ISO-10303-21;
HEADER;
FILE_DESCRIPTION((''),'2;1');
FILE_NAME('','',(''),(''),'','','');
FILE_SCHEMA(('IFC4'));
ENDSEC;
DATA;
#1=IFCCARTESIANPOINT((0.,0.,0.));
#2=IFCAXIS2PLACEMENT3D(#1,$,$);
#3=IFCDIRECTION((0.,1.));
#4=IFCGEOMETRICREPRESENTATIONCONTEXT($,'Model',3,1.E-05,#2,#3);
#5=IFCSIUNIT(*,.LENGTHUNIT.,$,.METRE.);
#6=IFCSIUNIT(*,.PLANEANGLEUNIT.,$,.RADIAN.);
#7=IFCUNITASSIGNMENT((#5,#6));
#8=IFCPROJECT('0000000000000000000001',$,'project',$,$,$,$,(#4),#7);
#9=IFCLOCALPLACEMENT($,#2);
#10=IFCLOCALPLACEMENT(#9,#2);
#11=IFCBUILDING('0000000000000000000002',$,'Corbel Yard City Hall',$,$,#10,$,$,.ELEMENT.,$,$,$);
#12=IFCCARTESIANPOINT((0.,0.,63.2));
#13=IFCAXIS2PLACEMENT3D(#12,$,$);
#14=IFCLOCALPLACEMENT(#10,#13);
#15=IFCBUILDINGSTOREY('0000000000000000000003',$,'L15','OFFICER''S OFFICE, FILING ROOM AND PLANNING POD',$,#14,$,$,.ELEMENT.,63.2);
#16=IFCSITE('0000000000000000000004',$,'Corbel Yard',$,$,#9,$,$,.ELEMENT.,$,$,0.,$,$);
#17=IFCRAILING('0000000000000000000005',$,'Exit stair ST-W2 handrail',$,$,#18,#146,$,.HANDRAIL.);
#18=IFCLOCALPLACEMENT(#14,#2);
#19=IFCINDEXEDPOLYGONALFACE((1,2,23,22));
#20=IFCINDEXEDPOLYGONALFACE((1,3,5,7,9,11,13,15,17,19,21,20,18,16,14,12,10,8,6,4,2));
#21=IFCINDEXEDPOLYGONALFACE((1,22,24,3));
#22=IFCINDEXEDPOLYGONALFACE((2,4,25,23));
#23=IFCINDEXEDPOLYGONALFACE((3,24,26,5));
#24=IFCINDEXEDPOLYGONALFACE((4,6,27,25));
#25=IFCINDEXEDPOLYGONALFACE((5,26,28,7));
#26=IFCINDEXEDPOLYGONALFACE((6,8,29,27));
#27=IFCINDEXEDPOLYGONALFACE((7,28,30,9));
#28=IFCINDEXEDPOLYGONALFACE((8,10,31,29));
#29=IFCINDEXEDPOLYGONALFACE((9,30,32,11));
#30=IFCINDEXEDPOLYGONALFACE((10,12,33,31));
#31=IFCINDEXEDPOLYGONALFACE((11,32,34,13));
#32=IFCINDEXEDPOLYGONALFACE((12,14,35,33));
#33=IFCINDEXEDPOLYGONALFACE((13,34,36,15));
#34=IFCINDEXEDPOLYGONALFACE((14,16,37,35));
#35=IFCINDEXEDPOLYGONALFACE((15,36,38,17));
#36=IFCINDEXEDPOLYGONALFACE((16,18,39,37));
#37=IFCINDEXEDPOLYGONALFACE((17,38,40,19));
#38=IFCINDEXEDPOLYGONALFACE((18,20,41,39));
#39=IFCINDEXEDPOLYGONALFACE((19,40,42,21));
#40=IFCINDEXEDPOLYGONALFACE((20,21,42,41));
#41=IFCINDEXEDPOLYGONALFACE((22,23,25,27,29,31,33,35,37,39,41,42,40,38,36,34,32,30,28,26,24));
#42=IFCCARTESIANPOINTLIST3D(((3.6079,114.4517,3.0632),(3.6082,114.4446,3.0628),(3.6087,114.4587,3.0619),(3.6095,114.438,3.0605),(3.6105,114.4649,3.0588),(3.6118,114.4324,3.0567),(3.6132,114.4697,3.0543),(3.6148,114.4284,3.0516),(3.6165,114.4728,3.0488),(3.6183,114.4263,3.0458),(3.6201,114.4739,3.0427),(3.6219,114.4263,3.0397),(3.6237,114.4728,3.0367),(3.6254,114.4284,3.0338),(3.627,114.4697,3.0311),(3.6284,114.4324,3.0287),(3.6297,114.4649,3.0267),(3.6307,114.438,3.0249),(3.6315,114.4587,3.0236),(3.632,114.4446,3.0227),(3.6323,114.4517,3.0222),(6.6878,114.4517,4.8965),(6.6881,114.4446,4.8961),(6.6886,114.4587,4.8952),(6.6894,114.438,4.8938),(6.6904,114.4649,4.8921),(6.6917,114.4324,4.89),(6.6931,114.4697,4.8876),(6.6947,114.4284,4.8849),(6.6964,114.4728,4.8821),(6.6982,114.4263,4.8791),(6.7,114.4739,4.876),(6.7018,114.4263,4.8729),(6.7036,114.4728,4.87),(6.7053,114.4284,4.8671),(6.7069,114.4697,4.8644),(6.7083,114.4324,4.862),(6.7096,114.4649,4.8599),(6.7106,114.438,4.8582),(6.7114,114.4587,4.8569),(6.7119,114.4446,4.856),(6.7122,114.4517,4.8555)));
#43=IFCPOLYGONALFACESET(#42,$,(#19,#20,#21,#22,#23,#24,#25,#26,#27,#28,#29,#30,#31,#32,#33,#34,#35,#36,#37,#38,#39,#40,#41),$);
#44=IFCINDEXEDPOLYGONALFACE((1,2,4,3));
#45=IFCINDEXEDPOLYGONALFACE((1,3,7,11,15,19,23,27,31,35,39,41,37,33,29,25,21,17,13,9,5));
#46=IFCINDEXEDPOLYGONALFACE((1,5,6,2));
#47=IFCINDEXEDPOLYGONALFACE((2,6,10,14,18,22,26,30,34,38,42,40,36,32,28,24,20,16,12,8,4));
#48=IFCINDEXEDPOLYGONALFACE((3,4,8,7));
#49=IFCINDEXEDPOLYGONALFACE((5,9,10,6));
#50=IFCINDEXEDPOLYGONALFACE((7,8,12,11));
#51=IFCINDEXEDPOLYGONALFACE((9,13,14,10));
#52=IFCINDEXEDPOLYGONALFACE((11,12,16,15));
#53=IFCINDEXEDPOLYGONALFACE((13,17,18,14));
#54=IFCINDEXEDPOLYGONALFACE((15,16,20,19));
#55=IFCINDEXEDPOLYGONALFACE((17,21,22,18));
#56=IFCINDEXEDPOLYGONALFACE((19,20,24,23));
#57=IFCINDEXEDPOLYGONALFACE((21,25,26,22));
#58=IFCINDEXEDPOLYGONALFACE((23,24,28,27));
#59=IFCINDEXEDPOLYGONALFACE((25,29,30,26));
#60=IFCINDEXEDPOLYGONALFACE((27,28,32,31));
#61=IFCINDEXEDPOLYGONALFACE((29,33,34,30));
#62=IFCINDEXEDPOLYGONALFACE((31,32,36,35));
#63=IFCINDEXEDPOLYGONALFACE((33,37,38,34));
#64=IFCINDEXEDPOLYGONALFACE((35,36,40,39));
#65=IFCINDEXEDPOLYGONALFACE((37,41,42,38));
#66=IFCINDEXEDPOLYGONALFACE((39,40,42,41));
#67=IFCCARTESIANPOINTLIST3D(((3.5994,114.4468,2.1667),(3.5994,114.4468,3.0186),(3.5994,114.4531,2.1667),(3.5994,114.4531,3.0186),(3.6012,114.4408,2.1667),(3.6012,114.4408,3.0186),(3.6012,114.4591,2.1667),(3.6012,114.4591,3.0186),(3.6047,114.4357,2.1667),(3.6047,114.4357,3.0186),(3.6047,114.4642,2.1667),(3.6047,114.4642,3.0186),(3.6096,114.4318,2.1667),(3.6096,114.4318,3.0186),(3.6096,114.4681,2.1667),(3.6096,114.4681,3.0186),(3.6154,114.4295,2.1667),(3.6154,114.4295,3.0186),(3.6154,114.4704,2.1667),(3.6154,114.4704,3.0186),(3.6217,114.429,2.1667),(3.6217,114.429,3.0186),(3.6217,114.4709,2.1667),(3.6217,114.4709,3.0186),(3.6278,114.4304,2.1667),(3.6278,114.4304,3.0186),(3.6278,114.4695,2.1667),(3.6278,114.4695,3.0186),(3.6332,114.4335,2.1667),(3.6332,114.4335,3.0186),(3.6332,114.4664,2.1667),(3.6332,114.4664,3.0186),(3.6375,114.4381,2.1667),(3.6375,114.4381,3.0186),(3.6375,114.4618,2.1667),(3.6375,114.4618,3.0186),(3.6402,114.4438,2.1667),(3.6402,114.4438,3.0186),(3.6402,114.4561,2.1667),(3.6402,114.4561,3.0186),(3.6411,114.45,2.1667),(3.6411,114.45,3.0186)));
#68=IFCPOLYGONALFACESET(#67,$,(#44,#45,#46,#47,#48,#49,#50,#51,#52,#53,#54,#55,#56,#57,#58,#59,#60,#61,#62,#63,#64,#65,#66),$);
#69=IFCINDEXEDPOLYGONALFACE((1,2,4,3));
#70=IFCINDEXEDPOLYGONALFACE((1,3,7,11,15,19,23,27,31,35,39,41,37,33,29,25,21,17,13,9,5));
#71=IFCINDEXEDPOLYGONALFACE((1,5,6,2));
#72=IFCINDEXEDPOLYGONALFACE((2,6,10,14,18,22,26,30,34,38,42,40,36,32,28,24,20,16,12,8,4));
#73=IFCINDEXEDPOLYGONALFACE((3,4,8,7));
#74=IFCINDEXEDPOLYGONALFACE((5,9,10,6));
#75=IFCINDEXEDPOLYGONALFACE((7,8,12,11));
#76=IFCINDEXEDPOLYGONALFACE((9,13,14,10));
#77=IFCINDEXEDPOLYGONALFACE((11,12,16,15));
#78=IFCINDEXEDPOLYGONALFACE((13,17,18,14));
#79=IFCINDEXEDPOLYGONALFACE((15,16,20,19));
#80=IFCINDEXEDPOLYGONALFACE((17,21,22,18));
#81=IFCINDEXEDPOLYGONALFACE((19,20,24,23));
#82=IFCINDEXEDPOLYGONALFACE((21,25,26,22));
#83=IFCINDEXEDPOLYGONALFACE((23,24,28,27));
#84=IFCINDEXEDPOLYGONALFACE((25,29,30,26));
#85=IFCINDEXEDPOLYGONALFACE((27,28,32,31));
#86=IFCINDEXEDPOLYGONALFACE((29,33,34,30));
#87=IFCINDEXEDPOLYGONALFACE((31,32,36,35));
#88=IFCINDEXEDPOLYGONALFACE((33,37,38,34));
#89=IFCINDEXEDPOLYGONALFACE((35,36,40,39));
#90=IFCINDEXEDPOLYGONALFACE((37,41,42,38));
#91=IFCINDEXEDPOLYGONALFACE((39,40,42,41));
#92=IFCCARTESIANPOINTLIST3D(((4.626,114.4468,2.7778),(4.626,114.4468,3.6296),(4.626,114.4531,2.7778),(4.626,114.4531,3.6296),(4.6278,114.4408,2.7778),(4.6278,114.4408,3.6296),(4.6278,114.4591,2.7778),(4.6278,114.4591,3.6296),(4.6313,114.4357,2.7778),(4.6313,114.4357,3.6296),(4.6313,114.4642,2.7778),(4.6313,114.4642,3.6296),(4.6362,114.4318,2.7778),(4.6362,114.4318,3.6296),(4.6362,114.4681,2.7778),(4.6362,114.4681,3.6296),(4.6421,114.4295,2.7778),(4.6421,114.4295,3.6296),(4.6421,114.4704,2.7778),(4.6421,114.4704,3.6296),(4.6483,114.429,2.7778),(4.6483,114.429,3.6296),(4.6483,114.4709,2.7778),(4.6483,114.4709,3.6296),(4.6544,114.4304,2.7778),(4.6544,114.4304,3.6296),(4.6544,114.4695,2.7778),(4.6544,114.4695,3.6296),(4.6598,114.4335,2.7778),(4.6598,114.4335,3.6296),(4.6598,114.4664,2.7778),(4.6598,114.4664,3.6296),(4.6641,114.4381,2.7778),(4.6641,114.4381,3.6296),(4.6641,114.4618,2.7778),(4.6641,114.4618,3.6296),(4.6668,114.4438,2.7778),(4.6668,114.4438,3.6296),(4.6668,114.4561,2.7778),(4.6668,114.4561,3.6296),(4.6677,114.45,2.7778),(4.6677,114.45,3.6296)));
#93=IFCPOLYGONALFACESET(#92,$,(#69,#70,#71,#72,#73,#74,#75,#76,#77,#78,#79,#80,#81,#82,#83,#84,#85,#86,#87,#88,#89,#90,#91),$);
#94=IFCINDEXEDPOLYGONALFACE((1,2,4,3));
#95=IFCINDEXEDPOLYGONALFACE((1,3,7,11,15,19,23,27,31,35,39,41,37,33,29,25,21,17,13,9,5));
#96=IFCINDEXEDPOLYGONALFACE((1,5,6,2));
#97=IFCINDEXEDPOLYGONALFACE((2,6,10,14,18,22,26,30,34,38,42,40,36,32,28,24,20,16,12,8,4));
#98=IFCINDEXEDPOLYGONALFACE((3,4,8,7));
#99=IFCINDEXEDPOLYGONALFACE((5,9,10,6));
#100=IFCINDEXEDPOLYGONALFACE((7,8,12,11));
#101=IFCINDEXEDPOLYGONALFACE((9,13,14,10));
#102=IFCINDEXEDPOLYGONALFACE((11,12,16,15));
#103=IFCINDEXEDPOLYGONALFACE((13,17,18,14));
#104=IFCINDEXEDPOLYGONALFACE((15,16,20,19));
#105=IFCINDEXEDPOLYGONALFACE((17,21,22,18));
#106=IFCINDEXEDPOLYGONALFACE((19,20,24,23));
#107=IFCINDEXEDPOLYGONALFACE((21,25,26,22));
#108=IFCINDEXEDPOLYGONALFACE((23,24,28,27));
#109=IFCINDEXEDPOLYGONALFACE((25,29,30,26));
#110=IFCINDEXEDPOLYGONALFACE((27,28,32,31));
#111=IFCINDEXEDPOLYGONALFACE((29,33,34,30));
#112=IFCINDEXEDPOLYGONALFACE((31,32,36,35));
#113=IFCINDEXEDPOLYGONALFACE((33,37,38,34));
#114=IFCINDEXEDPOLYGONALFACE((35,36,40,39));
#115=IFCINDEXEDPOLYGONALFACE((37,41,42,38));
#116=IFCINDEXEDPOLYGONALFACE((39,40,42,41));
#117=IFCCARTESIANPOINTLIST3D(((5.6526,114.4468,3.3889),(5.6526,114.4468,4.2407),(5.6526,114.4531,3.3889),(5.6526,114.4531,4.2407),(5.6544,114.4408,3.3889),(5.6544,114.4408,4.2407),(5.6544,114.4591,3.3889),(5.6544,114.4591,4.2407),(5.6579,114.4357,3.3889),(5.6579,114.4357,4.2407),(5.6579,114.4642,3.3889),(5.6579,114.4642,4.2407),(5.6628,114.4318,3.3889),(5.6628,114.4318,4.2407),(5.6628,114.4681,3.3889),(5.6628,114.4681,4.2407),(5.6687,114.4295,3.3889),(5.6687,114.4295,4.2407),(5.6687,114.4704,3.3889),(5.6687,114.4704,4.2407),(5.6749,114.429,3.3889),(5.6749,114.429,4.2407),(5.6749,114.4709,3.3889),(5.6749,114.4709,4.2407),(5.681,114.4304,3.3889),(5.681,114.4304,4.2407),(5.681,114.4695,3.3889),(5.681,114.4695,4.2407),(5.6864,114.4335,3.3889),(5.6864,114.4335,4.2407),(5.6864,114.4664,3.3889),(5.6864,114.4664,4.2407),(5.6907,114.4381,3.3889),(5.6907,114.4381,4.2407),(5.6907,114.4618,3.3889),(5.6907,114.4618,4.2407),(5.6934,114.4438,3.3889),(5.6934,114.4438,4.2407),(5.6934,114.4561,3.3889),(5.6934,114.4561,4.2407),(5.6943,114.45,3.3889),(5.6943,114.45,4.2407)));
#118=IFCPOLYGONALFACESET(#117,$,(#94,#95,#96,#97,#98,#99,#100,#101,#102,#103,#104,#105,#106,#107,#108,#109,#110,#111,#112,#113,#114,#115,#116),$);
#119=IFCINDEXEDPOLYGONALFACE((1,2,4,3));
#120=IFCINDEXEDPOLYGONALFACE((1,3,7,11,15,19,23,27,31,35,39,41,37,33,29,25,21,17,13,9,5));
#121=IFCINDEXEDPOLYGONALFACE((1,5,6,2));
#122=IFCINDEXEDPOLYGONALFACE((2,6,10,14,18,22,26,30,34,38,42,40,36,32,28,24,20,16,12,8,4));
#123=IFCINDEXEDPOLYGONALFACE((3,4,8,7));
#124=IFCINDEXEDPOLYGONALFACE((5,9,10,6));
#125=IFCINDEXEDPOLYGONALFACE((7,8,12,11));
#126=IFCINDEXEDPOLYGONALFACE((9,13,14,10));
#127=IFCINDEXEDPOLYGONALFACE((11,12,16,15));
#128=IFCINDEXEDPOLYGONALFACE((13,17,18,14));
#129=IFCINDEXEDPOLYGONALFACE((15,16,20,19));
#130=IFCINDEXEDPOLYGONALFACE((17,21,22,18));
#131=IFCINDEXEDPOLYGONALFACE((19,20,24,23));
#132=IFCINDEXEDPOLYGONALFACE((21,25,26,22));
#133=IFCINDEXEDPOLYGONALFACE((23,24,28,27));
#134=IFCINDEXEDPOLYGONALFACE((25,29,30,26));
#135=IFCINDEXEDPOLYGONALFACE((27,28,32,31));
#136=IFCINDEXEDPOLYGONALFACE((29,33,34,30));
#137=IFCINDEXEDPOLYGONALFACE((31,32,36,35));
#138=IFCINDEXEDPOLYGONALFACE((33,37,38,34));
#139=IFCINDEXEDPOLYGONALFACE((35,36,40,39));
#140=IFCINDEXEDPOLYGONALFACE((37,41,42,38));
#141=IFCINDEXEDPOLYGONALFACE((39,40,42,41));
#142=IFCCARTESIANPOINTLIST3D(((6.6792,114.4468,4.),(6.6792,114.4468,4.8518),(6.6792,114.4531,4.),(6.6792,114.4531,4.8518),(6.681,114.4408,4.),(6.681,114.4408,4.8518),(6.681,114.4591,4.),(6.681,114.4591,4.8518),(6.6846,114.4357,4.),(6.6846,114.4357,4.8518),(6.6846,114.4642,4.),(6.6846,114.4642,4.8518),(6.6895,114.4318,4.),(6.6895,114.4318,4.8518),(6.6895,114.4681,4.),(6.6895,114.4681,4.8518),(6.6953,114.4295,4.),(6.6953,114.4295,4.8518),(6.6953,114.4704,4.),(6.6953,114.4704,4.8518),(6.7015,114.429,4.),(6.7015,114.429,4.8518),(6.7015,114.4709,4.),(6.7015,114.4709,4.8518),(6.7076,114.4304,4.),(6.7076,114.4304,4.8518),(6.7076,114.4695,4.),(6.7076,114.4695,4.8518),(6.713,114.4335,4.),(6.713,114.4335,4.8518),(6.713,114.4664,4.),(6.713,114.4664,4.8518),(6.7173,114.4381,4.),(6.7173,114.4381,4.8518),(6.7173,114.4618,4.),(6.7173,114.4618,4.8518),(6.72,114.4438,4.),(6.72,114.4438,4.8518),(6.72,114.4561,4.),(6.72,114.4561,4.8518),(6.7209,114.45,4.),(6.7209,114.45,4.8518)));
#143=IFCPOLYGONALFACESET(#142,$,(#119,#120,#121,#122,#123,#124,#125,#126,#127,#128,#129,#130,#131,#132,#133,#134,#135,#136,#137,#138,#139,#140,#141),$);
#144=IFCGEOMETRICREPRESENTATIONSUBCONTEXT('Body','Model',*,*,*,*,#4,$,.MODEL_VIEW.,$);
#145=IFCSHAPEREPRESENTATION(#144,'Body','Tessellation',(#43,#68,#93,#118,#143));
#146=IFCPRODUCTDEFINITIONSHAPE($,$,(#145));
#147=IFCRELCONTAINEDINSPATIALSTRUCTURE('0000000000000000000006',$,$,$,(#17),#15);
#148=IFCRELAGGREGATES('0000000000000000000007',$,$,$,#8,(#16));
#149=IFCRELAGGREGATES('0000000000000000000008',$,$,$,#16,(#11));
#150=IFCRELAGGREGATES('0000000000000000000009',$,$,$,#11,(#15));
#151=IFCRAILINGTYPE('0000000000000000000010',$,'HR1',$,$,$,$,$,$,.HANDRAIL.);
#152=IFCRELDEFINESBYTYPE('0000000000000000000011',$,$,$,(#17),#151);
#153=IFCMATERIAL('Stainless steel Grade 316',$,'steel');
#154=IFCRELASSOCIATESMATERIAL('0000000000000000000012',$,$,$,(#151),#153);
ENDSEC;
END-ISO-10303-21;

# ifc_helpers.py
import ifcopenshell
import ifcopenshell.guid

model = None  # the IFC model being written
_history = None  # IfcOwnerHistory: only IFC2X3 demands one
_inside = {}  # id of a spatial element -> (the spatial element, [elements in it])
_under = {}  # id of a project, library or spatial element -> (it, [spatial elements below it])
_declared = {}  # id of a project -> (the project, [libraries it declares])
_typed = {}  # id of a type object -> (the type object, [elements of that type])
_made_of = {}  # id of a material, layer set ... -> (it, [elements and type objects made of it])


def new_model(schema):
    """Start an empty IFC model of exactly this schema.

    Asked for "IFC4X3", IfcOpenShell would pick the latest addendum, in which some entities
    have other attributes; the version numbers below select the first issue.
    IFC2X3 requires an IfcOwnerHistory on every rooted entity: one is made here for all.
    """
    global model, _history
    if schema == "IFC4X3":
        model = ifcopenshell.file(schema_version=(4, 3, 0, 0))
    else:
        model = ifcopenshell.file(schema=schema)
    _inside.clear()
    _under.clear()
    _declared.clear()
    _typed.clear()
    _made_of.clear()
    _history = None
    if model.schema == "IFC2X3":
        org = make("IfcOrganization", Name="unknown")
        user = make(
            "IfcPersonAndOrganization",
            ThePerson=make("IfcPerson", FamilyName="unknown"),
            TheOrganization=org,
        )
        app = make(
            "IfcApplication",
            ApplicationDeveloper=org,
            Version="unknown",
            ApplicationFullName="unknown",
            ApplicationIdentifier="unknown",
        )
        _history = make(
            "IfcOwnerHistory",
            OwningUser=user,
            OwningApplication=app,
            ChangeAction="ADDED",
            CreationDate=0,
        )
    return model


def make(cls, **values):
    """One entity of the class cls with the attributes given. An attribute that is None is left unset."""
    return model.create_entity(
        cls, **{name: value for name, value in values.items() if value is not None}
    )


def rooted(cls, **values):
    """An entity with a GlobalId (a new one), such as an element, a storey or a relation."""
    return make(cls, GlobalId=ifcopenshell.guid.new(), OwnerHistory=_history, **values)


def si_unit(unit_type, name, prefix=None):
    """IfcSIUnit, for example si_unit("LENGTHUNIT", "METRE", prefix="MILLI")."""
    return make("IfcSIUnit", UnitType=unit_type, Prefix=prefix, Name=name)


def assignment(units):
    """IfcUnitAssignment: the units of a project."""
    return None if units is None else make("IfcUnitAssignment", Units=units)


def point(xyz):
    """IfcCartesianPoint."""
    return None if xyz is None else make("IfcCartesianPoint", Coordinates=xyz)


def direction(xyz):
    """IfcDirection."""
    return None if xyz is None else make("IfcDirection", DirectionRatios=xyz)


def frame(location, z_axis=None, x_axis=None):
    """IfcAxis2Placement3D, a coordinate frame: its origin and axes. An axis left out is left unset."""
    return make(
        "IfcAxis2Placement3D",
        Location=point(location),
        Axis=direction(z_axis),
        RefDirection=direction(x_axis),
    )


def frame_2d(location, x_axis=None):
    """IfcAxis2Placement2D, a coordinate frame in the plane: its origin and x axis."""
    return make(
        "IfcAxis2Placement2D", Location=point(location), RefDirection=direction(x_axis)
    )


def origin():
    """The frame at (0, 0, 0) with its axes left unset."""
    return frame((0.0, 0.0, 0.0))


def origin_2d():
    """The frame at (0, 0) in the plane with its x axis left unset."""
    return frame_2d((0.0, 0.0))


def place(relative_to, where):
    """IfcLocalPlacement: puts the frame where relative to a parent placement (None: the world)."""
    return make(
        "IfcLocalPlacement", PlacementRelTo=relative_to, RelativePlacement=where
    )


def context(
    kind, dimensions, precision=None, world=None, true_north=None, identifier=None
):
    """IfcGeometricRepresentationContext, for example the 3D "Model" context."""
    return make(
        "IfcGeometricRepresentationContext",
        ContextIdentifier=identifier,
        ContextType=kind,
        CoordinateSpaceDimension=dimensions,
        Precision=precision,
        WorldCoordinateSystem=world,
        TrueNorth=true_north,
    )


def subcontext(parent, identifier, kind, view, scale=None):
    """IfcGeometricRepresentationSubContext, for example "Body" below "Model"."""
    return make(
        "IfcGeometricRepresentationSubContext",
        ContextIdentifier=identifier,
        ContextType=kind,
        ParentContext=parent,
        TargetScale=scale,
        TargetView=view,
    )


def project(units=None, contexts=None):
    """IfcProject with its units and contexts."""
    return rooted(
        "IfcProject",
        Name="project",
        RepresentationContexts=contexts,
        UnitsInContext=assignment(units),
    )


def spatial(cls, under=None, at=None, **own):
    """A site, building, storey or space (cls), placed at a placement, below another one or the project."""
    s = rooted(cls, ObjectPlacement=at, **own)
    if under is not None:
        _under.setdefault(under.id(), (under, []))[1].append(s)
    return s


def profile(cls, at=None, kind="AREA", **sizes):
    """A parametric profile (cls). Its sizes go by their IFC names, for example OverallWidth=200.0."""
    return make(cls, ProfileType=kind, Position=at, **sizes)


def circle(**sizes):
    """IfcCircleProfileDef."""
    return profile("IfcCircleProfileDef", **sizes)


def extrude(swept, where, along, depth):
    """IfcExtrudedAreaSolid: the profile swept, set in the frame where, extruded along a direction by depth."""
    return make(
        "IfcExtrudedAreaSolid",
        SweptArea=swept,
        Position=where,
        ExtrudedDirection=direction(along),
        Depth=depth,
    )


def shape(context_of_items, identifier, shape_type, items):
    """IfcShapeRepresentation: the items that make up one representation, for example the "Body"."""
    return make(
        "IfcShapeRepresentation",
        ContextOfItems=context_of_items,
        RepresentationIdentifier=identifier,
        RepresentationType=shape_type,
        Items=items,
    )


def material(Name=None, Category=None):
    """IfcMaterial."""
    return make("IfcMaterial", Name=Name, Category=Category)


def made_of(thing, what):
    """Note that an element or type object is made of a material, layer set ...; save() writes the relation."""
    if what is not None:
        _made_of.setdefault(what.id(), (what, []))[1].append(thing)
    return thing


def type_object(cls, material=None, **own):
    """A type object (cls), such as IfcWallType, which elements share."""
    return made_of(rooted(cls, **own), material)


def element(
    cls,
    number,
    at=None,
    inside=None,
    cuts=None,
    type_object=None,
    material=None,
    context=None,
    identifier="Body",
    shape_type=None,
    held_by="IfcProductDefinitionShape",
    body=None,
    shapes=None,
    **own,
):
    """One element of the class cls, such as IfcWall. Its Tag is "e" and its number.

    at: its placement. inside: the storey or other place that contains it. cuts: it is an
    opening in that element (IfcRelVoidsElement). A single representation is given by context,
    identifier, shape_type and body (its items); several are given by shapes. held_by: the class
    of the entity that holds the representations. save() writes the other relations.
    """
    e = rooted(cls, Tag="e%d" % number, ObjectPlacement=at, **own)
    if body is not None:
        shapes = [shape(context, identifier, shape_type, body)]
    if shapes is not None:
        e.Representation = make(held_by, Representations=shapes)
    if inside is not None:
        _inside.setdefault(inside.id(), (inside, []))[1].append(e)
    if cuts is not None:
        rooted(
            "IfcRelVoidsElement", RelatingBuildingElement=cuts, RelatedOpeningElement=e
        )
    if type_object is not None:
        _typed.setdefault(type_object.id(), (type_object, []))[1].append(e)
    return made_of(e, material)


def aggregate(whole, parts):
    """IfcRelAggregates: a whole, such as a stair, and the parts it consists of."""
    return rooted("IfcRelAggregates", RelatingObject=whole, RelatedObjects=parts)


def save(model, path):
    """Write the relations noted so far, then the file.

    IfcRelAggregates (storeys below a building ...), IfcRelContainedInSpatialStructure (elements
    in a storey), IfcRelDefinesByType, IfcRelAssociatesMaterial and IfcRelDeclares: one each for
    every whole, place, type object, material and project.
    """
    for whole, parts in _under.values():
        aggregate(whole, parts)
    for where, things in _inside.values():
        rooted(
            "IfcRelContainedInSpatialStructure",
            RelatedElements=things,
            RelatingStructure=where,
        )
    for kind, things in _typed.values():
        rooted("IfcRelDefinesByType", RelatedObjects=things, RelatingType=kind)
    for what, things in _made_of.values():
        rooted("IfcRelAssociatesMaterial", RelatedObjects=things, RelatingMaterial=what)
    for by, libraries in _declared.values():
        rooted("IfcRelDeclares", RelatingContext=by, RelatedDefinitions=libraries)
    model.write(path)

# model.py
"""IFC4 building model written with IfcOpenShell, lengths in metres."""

from ifc_helpers import new_model, si_unit, direction, frame, origin, origin_2d, place, context, subcontext, project, spatial, circle, extrude, material, type_object, element, save


model = new_model("IFC4")

# Units and contexts
model_context = context("Model", 3, precision=1e-05, world=origin(), true_north=direction((0.0, 1.0)))
body_context = subcontext(model_context, "Body", "Model", "MODEL_VIEW")
ifc_project = project(units=[si_unit("LENGTHUNIT", "METRE"), si_unit("PLANEANGLEUNIT", "RADIAN")], contexts=[model_context])

# Site, building, storey
site_placement = place(None, origin())
site = spatial("IfcSite", under=ifc_project, at=site_placement, Name="Corbel Yard", CompositionType="ELEMENT", RefElevation=0.0)
building_placement = place(site_placement, origin())
building = spatial("IfcBuilding", under=site, at=building_placement, Name="Corbel Yard City Hall", CompositionType="ELEMENT")
storey_placement = place(building_placement, frame((0.0, 0.0, 63.2)))
storey = spatial("IfcBuildingStorey", under=building, at=storey_placement, Name="L15", Description="OFFICER'S OFFICE, FILING ROOM AND PLANNING POD", CompositionType="ELEMENT", Elevation=63.2)

# Shared definitions
ifc_material_1 = material(Name="Stainless steel Grade 316", Category="steel")

# Railing
railing_type = type_object("IfcRailingType", Name="HR1", PredefinedType="HANDRAIL", material=ifc_material_1)
for number, where, name in (
    (1, (3.6201, 114.45, 2.1667), "Exit stair ST-W2 handrail"),
):
    element("IfcRailing", number, at=place(storey_placement, frame(where)), inside=storey, type_object=railing_type, Name=name, PredefinedType="HANDRAIL", context=body_context, shape_type="SweptSolid", body=[
        extrude(circle(Radius=0.0239, at=origin_2d()), frame((0.0, 0.0, 0.876), z_axis=(0.859291, 0.0, 0.511487), x_axis=(0.0, 1.0, 0.0)), (0.0, 0.0, 1.0), 3.5842),
        extrude(circle(Radius=0.021, at=origin_2d()), origin(), (0.0, 0.0, 1.0), 0.8518),
        extrude(circle(Radius=0.021, at=origin_2d()), frame((1.0266, 0.0, 0.6111)), (0.0, 0.0, 1.0), 0.8518),
        extrude(circle(Radius=0.021, at=origin_2d()), frame((2.0532, 0.0, 1.2222)), (0.0, 0.0, 1.0), 0.8518),
        extrude(circle(Radius=0.021, at=origin_2d()), frame((3.0798, 0.0, 1.8333)), (0.0, 0.0, 1.0), 0.8518),
    ])

save(model, "model.ifc")
